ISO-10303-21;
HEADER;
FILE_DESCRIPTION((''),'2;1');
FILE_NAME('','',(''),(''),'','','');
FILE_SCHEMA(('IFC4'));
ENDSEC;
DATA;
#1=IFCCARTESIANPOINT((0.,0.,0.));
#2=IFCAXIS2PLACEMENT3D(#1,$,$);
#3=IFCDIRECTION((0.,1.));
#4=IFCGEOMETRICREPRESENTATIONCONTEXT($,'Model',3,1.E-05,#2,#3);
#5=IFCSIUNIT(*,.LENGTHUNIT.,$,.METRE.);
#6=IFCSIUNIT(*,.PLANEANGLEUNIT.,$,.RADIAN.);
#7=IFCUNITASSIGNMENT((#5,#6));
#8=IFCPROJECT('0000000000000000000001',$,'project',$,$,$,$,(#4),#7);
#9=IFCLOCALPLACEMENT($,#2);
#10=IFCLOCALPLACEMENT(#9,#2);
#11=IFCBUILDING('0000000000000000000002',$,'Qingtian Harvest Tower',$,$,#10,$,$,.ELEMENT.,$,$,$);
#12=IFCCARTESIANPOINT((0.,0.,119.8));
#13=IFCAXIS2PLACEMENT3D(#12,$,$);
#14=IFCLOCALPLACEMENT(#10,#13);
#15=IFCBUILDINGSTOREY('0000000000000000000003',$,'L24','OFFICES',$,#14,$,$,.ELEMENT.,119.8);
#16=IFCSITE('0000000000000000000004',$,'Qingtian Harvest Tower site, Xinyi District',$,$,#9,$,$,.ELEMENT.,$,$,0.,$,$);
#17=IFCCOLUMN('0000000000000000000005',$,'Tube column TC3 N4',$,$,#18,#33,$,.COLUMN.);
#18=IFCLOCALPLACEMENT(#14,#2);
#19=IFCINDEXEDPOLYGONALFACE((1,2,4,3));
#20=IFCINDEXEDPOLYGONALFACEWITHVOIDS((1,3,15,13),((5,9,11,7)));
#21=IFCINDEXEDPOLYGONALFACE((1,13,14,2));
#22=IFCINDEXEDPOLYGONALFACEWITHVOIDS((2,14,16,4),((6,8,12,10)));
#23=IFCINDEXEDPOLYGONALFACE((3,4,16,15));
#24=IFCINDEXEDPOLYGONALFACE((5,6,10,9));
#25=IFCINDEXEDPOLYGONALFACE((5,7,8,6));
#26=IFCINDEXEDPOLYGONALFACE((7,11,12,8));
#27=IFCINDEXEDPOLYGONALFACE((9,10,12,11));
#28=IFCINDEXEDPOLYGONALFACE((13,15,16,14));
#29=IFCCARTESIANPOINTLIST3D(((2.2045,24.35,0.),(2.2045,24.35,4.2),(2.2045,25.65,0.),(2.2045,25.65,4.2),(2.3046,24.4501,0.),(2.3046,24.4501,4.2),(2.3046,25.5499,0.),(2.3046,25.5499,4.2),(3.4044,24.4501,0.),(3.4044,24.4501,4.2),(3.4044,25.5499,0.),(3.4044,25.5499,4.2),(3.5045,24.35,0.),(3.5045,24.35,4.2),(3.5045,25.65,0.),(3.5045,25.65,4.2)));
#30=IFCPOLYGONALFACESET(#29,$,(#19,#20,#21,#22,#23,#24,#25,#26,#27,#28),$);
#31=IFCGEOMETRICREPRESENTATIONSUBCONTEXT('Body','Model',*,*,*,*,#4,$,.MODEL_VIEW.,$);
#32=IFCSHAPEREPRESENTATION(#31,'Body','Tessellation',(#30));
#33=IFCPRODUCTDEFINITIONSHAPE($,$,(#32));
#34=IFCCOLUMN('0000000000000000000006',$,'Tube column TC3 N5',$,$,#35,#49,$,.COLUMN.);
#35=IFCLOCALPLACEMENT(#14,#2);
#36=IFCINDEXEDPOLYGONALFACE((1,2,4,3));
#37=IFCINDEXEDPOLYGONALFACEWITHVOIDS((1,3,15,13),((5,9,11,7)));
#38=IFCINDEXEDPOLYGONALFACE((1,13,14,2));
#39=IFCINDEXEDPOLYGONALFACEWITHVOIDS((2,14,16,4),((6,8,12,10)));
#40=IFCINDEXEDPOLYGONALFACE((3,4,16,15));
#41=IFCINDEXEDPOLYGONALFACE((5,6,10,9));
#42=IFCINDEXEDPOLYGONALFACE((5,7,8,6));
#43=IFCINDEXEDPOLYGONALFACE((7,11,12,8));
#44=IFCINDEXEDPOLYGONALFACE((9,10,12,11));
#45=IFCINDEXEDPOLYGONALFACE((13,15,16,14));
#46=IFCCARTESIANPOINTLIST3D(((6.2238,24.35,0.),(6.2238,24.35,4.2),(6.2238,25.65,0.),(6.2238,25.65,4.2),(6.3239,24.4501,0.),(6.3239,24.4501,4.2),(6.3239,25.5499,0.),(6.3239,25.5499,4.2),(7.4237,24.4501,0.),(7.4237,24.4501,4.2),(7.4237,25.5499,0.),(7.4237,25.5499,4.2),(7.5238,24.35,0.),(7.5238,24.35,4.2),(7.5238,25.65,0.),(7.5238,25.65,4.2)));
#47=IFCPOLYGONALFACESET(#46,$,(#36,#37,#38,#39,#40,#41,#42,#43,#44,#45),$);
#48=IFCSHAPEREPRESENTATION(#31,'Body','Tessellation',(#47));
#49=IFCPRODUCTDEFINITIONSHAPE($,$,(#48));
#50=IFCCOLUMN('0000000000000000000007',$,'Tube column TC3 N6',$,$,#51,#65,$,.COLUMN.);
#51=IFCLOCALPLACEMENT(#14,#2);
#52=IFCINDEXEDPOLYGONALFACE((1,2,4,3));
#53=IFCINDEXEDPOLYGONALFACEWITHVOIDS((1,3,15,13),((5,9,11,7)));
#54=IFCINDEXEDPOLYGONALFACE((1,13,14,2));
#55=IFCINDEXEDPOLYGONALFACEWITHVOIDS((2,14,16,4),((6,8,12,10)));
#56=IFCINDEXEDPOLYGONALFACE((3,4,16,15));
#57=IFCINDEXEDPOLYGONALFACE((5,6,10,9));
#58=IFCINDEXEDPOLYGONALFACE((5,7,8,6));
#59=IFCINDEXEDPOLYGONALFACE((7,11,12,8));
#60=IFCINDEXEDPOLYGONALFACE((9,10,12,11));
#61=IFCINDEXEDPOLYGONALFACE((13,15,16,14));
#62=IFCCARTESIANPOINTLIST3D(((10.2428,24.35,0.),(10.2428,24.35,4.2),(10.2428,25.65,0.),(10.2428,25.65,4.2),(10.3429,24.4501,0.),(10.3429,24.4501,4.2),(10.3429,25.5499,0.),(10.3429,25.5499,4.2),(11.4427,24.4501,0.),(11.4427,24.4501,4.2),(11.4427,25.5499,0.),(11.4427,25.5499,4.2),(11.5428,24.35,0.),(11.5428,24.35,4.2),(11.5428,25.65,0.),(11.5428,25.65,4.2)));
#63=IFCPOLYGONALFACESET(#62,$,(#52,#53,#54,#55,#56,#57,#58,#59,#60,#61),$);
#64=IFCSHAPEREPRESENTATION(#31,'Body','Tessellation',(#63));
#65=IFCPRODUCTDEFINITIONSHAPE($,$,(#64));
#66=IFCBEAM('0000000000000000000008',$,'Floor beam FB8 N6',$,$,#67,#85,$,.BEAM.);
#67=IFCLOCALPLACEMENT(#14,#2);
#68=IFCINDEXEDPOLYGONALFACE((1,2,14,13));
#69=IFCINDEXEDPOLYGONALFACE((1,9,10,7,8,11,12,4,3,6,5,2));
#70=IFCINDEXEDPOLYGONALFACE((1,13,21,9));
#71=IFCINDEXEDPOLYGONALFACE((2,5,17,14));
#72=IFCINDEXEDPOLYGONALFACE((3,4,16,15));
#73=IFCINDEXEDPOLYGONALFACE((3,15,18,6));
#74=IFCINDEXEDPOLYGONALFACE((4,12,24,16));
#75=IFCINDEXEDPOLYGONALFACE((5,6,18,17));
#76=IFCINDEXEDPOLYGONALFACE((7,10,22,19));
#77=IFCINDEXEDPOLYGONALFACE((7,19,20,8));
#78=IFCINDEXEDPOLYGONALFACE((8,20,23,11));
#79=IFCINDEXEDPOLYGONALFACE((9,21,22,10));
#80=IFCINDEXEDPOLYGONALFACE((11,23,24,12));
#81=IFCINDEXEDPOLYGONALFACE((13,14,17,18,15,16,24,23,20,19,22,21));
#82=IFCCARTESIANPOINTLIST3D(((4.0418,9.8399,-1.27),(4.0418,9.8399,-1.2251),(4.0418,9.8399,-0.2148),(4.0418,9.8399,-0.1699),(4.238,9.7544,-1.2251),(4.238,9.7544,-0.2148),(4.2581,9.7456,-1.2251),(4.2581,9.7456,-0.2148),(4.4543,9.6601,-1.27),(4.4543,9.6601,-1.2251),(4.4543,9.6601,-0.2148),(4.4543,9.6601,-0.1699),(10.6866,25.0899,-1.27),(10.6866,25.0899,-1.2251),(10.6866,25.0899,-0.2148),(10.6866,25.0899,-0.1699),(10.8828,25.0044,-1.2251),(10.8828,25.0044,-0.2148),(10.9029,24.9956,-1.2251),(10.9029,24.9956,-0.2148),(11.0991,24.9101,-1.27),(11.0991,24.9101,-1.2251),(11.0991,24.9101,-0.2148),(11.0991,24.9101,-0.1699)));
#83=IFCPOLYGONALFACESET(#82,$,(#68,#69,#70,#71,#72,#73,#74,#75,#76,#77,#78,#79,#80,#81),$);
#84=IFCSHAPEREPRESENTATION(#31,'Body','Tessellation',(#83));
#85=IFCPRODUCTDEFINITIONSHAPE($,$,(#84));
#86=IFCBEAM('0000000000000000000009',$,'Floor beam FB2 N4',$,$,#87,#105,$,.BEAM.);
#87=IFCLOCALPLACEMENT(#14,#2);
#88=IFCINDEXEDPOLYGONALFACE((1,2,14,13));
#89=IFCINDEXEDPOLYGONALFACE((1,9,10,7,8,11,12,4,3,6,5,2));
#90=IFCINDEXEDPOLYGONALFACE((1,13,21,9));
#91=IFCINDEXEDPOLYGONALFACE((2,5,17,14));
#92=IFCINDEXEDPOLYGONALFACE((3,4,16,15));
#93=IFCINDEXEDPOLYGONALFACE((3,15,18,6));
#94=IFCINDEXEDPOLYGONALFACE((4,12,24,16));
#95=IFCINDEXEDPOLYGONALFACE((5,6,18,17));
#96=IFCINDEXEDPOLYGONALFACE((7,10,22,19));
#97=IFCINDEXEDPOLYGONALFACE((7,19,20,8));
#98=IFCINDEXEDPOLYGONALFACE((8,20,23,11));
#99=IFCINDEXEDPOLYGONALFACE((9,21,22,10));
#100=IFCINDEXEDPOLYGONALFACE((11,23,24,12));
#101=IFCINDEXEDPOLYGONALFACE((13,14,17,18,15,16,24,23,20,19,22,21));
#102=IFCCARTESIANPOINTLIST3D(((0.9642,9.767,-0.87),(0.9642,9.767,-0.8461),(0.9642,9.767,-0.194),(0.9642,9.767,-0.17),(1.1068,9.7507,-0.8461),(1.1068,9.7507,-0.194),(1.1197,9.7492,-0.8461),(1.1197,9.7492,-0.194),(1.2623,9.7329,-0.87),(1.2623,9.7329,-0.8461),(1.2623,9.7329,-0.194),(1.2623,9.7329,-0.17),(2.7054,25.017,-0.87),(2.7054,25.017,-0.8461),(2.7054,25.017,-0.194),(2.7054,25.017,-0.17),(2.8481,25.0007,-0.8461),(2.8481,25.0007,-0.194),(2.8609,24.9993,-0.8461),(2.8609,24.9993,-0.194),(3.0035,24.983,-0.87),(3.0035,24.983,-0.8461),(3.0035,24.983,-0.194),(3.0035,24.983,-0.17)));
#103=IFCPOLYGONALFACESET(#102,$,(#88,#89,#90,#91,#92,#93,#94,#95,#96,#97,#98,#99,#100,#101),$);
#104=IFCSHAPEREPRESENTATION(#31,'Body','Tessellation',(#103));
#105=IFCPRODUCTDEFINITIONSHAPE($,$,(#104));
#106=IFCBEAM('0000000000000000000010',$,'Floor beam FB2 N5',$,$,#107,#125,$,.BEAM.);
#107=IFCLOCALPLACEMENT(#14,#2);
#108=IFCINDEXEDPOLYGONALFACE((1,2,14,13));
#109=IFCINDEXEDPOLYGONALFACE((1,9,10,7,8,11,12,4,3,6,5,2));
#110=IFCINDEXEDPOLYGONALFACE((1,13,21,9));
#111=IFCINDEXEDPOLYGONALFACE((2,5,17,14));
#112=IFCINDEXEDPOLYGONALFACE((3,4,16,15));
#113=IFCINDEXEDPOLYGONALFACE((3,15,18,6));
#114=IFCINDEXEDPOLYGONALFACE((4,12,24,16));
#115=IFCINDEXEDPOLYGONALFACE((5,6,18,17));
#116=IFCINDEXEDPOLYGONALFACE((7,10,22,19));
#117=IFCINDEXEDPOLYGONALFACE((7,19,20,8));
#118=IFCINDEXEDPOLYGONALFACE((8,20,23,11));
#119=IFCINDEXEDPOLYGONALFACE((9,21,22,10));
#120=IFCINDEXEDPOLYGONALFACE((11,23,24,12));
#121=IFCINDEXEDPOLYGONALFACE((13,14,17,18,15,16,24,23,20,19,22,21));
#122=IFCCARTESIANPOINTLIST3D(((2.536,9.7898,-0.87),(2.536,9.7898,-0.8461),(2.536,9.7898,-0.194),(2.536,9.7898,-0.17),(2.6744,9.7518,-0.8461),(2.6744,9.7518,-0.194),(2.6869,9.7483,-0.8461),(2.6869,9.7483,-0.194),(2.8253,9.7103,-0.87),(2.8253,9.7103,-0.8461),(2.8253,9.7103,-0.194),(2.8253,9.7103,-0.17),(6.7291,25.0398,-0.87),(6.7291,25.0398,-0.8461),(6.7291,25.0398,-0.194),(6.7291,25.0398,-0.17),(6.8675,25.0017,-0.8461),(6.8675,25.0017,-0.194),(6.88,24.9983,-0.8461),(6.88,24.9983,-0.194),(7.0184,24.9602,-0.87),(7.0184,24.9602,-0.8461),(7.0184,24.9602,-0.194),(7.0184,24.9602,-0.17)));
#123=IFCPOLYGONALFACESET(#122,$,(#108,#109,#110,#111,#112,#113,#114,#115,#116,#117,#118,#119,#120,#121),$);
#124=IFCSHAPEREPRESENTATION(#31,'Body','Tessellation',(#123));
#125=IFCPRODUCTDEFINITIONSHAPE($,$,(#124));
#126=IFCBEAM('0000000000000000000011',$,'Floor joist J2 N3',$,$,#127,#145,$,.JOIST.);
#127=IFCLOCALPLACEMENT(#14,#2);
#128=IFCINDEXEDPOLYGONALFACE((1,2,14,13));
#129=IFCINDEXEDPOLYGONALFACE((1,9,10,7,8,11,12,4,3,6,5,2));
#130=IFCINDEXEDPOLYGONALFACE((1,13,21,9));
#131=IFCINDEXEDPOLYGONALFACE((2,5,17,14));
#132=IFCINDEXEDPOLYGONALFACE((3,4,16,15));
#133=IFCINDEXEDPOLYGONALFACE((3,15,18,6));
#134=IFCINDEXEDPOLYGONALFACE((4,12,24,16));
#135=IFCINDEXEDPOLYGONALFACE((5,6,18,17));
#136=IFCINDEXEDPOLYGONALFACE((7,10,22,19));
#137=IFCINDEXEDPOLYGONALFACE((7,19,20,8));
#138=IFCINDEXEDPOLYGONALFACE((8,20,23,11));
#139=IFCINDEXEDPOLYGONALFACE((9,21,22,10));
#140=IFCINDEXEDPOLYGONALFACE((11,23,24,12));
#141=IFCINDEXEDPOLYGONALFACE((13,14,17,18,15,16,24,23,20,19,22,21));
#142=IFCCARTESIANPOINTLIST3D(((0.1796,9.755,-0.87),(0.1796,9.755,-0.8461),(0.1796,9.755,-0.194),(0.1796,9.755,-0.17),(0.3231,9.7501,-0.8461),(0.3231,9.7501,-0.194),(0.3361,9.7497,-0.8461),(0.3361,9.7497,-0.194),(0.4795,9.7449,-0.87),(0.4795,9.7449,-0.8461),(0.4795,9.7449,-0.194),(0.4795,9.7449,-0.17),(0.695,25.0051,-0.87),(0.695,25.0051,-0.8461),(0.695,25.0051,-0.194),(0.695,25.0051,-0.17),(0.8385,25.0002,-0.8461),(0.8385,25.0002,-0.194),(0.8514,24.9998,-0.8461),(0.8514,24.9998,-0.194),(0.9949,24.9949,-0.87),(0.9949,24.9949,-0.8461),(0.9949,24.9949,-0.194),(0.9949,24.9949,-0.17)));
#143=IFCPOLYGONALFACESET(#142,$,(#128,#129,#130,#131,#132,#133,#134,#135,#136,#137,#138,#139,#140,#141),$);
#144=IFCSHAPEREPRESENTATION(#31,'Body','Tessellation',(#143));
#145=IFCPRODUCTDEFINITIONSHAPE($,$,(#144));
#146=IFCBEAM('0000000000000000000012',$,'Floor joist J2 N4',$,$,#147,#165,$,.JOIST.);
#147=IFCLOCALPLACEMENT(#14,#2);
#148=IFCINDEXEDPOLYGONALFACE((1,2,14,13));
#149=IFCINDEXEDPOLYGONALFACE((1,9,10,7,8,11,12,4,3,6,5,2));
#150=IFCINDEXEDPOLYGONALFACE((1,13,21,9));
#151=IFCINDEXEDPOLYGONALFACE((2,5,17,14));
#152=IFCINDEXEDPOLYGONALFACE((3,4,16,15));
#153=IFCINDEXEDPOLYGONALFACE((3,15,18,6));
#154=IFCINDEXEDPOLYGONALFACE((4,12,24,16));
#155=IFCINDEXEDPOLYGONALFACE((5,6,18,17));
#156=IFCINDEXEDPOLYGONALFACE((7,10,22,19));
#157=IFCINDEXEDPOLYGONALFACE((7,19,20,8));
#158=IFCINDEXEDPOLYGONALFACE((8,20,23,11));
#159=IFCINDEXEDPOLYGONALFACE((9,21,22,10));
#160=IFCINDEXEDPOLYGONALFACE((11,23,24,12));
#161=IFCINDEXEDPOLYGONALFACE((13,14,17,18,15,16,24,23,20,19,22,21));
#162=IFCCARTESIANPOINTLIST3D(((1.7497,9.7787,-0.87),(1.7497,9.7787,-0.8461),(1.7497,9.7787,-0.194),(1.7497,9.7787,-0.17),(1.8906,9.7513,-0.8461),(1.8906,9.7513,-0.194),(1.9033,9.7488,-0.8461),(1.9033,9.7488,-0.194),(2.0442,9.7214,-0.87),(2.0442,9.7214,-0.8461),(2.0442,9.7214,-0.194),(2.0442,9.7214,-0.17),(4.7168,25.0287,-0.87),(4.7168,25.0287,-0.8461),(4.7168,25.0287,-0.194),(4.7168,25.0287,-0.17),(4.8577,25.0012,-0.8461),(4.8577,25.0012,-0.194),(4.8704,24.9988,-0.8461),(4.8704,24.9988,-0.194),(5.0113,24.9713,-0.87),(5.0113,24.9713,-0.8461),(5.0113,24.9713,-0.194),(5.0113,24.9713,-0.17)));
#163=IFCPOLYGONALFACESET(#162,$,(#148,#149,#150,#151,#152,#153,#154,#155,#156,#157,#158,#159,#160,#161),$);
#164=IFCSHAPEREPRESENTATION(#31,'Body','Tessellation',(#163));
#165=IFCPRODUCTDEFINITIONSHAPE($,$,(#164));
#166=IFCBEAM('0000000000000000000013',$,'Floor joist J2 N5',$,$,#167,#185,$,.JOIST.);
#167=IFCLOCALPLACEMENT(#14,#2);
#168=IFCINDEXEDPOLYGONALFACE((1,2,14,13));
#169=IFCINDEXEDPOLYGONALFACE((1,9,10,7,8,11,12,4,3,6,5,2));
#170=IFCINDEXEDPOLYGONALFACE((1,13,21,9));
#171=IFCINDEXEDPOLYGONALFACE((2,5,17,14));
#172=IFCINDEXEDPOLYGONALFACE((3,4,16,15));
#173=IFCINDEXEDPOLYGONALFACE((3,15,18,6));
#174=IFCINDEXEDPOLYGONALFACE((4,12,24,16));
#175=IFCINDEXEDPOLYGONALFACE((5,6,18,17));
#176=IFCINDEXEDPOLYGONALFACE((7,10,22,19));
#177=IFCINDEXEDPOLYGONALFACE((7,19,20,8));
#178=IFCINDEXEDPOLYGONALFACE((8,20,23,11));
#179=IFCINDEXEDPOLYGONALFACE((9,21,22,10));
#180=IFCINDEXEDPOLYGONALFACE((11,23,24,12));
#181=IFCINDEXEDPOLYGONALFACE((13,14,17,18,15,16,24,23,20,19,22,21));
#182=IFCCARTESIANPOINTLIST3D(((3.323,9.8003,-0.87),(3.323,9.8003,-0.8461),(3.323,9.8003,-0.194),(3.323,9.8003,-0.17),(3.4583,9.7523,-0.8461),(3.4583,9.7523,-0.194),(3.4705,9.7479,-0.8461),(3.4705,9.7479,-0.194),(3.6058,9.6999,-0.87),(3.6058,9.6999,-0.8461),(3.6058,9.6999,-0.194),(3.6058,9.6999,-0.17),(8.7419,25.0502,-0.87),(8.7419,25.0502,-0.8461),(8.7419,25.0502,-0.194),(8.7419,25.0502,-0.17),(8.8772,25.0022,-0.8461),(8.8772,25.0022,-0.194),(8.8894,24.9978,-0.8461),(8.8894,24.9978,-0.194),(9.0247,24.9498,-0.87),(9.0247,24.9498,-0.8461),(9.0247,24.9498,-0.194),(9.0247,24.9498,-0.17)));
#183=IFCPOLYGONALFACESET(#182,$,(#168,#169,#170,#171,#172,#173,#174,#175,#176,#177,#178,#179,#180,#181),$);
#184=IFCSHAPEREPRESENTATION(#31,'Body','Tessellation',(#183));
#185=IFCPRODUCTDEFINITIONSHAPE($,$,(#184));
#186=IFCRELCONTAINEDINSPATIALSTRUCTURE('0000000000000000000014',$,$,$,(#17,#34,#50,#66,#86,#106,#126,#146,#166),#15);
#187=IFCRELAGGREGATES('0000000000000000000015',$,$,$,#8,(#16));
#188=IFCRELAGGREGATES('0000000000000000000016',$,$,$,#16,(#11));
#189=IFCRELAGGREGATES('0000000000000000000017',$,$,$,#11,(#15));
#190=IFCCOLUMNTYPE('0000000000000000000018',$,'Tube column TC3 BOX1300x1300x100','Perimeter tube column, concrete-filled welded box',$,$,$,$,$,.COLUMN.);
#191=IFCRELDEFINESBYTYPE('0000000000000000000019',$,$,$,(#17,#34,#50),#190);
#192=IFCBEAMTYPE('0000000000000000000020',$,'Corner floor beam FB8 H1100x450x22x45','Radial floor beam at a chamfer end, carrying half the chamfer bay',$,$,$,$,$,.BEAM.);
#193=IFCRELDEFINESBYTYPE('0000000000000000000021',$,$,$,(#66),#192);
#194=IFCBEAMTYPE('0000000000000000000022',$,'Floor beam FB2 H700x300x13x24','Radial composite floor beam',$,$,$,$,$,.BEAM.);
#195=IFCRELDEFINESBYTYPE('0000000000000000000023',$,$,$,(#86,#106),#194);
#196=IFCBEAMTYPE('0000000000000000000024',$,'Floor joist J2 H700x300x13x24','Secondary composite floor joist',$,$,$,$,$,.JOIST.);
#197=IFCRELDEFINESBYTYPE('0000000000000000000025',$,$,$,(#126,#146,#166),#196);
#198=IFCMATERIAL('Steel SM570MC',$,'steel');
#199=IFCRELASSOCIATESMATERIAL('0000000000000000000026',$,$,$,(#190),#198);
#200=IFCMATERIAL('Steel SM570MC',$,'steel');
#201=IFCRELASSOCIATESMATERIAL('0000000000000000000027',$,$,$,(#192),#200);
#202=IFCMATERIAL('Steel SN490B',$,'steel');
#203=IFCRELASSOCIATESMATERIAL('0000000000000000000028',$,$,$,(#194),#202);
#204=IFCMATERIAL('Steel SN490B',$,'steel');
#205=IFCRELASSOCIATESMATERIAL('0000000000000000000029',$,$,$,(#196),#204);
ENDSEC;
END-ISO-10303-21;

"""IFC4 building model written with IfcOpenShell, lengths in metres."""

from ifc_helpers import new_model, si_unit, direction, frame, origin, origin_2d, place, context, subcontext, project, spatial, hollow_rectangle, i_section, extrude, material, material_profile, profile_set, type_object, element, save


model = new_model("IFC4")

# Units and contexts
model_context = context("Model", 3, precision=1e-05, world=origin(), true_north=direction((0.0, 1.0)))
body_context = subcontext(model_context, "Body", "Model", "MODEL_VIEW")
ifc_project = project(units=[si_unit("LENGTHUNIT", "METRE"), si_unit("PLANEANGLEUNIT", "RADIAN")], contexts=[model_context])

# Site, building, storey
site_placement = place(None, origin())
site = spatial("IfcSite", under=ifc_project, at=site_placement, Name="Qingtian Harvest Tower site, Xinyi District", CompositionType="ELEMENT", RefElevation=0.0)
building_placement = place(site_placement, origin())
building = spatial("IfcBuilding", under=site, at=building_placement, Name="Qingtian Harvest Tower", CompositionType="ELEMENT")
storey_placement = place(building_placement, frame((0.0, 0.0, 119.8)))
storey = spatial("IfcBuildingStorey", under=building, at=storey_placement, Name="L24", Description="OFFICES", CompositionType="ELEMENT", Elevation=119.8)

# Columns
ifc_material_1 = material(Name="Steel SM570MC", Category="steel")
ifc_material_profile_1 = material_profile(ifc_material_1, hollow_rectangle(XDim=1.3, YDim=1.3, WallThickness=0.1001, at=origin_2d()), Name="BOX1300x1300x100")
ifc_profile_set_1 = profile_set([ifc_material_profile_1], Name="Steel SM570MC")
column_type = type_object("IfcColumnType", Name="Tube column TC3 BOX1300x1300x100", Description="Perimeter tube column, concrete-filled welded box", PredefinedType="COLUMN", material=ifc_profile_set_1)
for number, where, z_axis, x_axis, name in (
    (1, (2.8545, 25.0, 0.0), (0.0, 0.0, 1.0), (-1.0, 0.0, 0.0), "Tube column TC3 N4"),
    (2, (6.8738, 25.0, 0.0), (0.0, 0.0, 1.0), (-1.0, 0.0, 0.0), "Tube column TC3 N5"),
    (3, (10.8928, 25.0, 0.0), (0.0, 0.0, 1.0), (-1.0, 0.0, 0.0), "Tube column TC3 N6"),
):
    element("IfcColumn", number, at=place(storey_placement, frame(where, z_axis=z_axis, x_axis=x_axis)), inside=storey, type_object=column_type, Name=name, PredefinedType="COLUMN", context=body_context, shape_type="SweptSolid", body=[
        extrude(hollow_rectangle(XDim=1.3, YDim=1.3, WallThickness=0.1001, at=origin_2d()), origin(), (0.0, 0.0, 1.0), 4.2),
    ])

# Beams
ifc_material_2 = material(Name="Steel SM570MC", Category="steel")
ifc_material_profile_2 = material_profile(ifc_material_2, i_section(OverallWidth=0.45, OverallDepth=1.1001, WebThickness=0.022, FlangeThickness=0.0449, at=origin_2d()), Name="H1100x450x22x45")
ifc_profile_set_2 = profile_set([ifc_material_profile_2], Name="Steel SM570MC")
beam_type_1 = type_object("IfcBeamType", Name="Corner floor beam FB8 H1100x450x22x45", Description="Radial floor beam at a chamfer end, carrying half the chamfer bay", PredefinedType="BEAM", material=ifc_profile_set_2)
beam_1_placement = place(storey_placement, frame((10.8928, 25.0, -0.72), z_axis=(-0.399451, -0.916755, 0.0), x_axis=(0.916755, -0.399451, 0.0)))
element("IfcBeam", 4, at=beam_1_placement, inside=storey, type_object=beam_type_1, Name="Floor beam FB8 N6", PredefinedType="BEAM", context=body_context, shape_type="SweptSolid", body=[
    extrude(i_section(OverallWidth=0.45, OverallDepth=1.1001, WebThickness=0.022, FlangeThickness=0.0449, at=origin_2d()), origin(), (0.0, 0.0, 1.0), 16.6348),
])
ifc_material_3 = material(Name="Steel SN490B", Category="steel")
ifc_material_profile_3 = material_profile(ifc_material_3, i_section(OverallWidth=0.3, OverallDepth=0.7, WebThickness=0.0129, FlangeThickness=0.0239, at=origin_2d()), Name="H700x300x13x24")
ifc_profile_set_3 = profile_set([ifc_material_profile_3], Name="Steel SN490B")
beam_type_2 = type_object("IfcBeamType", Name="Floor beam FB2 H700x300x13x24", Description="Radial composite floor beam", PredefinedType="BEAM", material=ifc_profile_set_3)
beam_2_placement = place(storey_placement, frame((2.8545, 25.0, -0.52), z_axis=(-0.113441, -0.993545, 0.0), x_axis=(0.993545, -0.113441, 0.0)))
element("IfcBeam", 5, at=beam_2_placement, inside=storey, type_object=beam_type_2, Name="Floor beam FB2 N4", PredefinedType="BEAM", context=body_context, shape_type="SweptSolid", body=[
    extrude(i_section(OverallWidth=0.3, OverallDepth=0.7, WebThickness=0.0129, FlangeThickness=0.0239, at=origin_2d()), origin(), (0.0, 0.0, 1.0), 15.3491),
])
beam_3_placement = place(storey_placement, frame((6.8738, 25.0, -0.52), z_axis=(-0.265119, -0.964216, 0.0), x_axis=(0.964216, -0.265119, 0.0)))
element("IfcBeam", 6, at=beam_3_placement, inside=storey, type_object=beam_type_2, Name="Floor beam FB2 N5", PredefinedType="BEAM", context=body_context, shape_type="SweptSolid", body=[
    extrude(i_section(OverallWidth=0.3, OverallDepth=0.7, WebThickness=0.0129, FlangeThickness=0.0239, at=origin_2d()), origin(), (0.0, 0.0, 1.0), 15.8159),
])
ifc_material_4 = material(Name="Steel SN490B", Category="steel")
ifc_material_profile_4 = material_profile(ifc_material_4, i_section(OverallWidth=0.3, OverallDepth=0.7, WebThickness=0.0129, FlangeThickness=0.0239, at=origin_2d()), Name="H700x300x13x24")
ifc_profile_set_4 = profile_set([ifc_material_profile_4], Name="Steel SN490B")
beam_type_3 = type_object("IfcBeamType", Name="Floor joist J2 H700x300x13x24", Description="Secondary composite floor joist", PredefinedType="JOIST", material=ifc_profile_set_4)
beam_4_placement = place(storey_placement, frame((0.845, 25.0, -0.52), z_axis=(-0.033776, -0.999429, 0.0), x_axis=(0.999429, -0.033776, 0.0)))
element("IfcBeam", 7, at=beam_4_placement, inside=storey, type_object=beam_type_3, Name="Floor joist J2 N3", PredefinedType="JOIST", context=body_context, shape_type="SweptSolid", body=[
    extrude(i_section(OverallWidth=0.3, OverallDepth=0.7, WebThickness=0.0129, FlangeThickness=0.0239, at=origin_2d()), origin(), (0.0, 0.0, 1.0), 15.2588),
])
beam_5_placement = place(storey_placement, frame((4.864, 25.0, -0.52), z_axis=(-0.190979, -0.981594, 0.0), x_axis=(0.981594, -0.190979, 0.0)))
element("IfcBeam", 8, at=beam_5_placement, inside=storey, type_object=beam_type_3, Name="Floor joist J2 N4", PredefinedType="JOIST", context=body_context, shape_type="SweptSolid", body=[
    extrude(i_section(OverallWidth=0.3, OverallDepth=0.7, WebThickness=0.0129, FlangeThickness=0.0239, at=origin_2d()), origin(), (0.0, 0.0, 1.0), 15.5359),
])
beam_6_placement = place(storey_placement, frame((8.8833, 25.0, -0.52), z_axis=(-0.33483, -0.942279, 0.0), x_axis=(0.942279, -0.33483, 0.0)))
element("IfcBeam", 9, at=beam_6_placement, inside=storey, type_object=beam_type_3, Name="Floor joist J2 N5", PredefinedType="JOIST", context=body_context, shape_type="SweptSolid", body=[
    extrude(i_section(OverallWidth=0.3, OverallDepth=0.7, WebThickness=0.0129, FlangeThickness=0.0239, at=origin_2d()), origin(), (0.0, 0.0, 1.0), 16.1841),
])

save(model, "model.ifc")
